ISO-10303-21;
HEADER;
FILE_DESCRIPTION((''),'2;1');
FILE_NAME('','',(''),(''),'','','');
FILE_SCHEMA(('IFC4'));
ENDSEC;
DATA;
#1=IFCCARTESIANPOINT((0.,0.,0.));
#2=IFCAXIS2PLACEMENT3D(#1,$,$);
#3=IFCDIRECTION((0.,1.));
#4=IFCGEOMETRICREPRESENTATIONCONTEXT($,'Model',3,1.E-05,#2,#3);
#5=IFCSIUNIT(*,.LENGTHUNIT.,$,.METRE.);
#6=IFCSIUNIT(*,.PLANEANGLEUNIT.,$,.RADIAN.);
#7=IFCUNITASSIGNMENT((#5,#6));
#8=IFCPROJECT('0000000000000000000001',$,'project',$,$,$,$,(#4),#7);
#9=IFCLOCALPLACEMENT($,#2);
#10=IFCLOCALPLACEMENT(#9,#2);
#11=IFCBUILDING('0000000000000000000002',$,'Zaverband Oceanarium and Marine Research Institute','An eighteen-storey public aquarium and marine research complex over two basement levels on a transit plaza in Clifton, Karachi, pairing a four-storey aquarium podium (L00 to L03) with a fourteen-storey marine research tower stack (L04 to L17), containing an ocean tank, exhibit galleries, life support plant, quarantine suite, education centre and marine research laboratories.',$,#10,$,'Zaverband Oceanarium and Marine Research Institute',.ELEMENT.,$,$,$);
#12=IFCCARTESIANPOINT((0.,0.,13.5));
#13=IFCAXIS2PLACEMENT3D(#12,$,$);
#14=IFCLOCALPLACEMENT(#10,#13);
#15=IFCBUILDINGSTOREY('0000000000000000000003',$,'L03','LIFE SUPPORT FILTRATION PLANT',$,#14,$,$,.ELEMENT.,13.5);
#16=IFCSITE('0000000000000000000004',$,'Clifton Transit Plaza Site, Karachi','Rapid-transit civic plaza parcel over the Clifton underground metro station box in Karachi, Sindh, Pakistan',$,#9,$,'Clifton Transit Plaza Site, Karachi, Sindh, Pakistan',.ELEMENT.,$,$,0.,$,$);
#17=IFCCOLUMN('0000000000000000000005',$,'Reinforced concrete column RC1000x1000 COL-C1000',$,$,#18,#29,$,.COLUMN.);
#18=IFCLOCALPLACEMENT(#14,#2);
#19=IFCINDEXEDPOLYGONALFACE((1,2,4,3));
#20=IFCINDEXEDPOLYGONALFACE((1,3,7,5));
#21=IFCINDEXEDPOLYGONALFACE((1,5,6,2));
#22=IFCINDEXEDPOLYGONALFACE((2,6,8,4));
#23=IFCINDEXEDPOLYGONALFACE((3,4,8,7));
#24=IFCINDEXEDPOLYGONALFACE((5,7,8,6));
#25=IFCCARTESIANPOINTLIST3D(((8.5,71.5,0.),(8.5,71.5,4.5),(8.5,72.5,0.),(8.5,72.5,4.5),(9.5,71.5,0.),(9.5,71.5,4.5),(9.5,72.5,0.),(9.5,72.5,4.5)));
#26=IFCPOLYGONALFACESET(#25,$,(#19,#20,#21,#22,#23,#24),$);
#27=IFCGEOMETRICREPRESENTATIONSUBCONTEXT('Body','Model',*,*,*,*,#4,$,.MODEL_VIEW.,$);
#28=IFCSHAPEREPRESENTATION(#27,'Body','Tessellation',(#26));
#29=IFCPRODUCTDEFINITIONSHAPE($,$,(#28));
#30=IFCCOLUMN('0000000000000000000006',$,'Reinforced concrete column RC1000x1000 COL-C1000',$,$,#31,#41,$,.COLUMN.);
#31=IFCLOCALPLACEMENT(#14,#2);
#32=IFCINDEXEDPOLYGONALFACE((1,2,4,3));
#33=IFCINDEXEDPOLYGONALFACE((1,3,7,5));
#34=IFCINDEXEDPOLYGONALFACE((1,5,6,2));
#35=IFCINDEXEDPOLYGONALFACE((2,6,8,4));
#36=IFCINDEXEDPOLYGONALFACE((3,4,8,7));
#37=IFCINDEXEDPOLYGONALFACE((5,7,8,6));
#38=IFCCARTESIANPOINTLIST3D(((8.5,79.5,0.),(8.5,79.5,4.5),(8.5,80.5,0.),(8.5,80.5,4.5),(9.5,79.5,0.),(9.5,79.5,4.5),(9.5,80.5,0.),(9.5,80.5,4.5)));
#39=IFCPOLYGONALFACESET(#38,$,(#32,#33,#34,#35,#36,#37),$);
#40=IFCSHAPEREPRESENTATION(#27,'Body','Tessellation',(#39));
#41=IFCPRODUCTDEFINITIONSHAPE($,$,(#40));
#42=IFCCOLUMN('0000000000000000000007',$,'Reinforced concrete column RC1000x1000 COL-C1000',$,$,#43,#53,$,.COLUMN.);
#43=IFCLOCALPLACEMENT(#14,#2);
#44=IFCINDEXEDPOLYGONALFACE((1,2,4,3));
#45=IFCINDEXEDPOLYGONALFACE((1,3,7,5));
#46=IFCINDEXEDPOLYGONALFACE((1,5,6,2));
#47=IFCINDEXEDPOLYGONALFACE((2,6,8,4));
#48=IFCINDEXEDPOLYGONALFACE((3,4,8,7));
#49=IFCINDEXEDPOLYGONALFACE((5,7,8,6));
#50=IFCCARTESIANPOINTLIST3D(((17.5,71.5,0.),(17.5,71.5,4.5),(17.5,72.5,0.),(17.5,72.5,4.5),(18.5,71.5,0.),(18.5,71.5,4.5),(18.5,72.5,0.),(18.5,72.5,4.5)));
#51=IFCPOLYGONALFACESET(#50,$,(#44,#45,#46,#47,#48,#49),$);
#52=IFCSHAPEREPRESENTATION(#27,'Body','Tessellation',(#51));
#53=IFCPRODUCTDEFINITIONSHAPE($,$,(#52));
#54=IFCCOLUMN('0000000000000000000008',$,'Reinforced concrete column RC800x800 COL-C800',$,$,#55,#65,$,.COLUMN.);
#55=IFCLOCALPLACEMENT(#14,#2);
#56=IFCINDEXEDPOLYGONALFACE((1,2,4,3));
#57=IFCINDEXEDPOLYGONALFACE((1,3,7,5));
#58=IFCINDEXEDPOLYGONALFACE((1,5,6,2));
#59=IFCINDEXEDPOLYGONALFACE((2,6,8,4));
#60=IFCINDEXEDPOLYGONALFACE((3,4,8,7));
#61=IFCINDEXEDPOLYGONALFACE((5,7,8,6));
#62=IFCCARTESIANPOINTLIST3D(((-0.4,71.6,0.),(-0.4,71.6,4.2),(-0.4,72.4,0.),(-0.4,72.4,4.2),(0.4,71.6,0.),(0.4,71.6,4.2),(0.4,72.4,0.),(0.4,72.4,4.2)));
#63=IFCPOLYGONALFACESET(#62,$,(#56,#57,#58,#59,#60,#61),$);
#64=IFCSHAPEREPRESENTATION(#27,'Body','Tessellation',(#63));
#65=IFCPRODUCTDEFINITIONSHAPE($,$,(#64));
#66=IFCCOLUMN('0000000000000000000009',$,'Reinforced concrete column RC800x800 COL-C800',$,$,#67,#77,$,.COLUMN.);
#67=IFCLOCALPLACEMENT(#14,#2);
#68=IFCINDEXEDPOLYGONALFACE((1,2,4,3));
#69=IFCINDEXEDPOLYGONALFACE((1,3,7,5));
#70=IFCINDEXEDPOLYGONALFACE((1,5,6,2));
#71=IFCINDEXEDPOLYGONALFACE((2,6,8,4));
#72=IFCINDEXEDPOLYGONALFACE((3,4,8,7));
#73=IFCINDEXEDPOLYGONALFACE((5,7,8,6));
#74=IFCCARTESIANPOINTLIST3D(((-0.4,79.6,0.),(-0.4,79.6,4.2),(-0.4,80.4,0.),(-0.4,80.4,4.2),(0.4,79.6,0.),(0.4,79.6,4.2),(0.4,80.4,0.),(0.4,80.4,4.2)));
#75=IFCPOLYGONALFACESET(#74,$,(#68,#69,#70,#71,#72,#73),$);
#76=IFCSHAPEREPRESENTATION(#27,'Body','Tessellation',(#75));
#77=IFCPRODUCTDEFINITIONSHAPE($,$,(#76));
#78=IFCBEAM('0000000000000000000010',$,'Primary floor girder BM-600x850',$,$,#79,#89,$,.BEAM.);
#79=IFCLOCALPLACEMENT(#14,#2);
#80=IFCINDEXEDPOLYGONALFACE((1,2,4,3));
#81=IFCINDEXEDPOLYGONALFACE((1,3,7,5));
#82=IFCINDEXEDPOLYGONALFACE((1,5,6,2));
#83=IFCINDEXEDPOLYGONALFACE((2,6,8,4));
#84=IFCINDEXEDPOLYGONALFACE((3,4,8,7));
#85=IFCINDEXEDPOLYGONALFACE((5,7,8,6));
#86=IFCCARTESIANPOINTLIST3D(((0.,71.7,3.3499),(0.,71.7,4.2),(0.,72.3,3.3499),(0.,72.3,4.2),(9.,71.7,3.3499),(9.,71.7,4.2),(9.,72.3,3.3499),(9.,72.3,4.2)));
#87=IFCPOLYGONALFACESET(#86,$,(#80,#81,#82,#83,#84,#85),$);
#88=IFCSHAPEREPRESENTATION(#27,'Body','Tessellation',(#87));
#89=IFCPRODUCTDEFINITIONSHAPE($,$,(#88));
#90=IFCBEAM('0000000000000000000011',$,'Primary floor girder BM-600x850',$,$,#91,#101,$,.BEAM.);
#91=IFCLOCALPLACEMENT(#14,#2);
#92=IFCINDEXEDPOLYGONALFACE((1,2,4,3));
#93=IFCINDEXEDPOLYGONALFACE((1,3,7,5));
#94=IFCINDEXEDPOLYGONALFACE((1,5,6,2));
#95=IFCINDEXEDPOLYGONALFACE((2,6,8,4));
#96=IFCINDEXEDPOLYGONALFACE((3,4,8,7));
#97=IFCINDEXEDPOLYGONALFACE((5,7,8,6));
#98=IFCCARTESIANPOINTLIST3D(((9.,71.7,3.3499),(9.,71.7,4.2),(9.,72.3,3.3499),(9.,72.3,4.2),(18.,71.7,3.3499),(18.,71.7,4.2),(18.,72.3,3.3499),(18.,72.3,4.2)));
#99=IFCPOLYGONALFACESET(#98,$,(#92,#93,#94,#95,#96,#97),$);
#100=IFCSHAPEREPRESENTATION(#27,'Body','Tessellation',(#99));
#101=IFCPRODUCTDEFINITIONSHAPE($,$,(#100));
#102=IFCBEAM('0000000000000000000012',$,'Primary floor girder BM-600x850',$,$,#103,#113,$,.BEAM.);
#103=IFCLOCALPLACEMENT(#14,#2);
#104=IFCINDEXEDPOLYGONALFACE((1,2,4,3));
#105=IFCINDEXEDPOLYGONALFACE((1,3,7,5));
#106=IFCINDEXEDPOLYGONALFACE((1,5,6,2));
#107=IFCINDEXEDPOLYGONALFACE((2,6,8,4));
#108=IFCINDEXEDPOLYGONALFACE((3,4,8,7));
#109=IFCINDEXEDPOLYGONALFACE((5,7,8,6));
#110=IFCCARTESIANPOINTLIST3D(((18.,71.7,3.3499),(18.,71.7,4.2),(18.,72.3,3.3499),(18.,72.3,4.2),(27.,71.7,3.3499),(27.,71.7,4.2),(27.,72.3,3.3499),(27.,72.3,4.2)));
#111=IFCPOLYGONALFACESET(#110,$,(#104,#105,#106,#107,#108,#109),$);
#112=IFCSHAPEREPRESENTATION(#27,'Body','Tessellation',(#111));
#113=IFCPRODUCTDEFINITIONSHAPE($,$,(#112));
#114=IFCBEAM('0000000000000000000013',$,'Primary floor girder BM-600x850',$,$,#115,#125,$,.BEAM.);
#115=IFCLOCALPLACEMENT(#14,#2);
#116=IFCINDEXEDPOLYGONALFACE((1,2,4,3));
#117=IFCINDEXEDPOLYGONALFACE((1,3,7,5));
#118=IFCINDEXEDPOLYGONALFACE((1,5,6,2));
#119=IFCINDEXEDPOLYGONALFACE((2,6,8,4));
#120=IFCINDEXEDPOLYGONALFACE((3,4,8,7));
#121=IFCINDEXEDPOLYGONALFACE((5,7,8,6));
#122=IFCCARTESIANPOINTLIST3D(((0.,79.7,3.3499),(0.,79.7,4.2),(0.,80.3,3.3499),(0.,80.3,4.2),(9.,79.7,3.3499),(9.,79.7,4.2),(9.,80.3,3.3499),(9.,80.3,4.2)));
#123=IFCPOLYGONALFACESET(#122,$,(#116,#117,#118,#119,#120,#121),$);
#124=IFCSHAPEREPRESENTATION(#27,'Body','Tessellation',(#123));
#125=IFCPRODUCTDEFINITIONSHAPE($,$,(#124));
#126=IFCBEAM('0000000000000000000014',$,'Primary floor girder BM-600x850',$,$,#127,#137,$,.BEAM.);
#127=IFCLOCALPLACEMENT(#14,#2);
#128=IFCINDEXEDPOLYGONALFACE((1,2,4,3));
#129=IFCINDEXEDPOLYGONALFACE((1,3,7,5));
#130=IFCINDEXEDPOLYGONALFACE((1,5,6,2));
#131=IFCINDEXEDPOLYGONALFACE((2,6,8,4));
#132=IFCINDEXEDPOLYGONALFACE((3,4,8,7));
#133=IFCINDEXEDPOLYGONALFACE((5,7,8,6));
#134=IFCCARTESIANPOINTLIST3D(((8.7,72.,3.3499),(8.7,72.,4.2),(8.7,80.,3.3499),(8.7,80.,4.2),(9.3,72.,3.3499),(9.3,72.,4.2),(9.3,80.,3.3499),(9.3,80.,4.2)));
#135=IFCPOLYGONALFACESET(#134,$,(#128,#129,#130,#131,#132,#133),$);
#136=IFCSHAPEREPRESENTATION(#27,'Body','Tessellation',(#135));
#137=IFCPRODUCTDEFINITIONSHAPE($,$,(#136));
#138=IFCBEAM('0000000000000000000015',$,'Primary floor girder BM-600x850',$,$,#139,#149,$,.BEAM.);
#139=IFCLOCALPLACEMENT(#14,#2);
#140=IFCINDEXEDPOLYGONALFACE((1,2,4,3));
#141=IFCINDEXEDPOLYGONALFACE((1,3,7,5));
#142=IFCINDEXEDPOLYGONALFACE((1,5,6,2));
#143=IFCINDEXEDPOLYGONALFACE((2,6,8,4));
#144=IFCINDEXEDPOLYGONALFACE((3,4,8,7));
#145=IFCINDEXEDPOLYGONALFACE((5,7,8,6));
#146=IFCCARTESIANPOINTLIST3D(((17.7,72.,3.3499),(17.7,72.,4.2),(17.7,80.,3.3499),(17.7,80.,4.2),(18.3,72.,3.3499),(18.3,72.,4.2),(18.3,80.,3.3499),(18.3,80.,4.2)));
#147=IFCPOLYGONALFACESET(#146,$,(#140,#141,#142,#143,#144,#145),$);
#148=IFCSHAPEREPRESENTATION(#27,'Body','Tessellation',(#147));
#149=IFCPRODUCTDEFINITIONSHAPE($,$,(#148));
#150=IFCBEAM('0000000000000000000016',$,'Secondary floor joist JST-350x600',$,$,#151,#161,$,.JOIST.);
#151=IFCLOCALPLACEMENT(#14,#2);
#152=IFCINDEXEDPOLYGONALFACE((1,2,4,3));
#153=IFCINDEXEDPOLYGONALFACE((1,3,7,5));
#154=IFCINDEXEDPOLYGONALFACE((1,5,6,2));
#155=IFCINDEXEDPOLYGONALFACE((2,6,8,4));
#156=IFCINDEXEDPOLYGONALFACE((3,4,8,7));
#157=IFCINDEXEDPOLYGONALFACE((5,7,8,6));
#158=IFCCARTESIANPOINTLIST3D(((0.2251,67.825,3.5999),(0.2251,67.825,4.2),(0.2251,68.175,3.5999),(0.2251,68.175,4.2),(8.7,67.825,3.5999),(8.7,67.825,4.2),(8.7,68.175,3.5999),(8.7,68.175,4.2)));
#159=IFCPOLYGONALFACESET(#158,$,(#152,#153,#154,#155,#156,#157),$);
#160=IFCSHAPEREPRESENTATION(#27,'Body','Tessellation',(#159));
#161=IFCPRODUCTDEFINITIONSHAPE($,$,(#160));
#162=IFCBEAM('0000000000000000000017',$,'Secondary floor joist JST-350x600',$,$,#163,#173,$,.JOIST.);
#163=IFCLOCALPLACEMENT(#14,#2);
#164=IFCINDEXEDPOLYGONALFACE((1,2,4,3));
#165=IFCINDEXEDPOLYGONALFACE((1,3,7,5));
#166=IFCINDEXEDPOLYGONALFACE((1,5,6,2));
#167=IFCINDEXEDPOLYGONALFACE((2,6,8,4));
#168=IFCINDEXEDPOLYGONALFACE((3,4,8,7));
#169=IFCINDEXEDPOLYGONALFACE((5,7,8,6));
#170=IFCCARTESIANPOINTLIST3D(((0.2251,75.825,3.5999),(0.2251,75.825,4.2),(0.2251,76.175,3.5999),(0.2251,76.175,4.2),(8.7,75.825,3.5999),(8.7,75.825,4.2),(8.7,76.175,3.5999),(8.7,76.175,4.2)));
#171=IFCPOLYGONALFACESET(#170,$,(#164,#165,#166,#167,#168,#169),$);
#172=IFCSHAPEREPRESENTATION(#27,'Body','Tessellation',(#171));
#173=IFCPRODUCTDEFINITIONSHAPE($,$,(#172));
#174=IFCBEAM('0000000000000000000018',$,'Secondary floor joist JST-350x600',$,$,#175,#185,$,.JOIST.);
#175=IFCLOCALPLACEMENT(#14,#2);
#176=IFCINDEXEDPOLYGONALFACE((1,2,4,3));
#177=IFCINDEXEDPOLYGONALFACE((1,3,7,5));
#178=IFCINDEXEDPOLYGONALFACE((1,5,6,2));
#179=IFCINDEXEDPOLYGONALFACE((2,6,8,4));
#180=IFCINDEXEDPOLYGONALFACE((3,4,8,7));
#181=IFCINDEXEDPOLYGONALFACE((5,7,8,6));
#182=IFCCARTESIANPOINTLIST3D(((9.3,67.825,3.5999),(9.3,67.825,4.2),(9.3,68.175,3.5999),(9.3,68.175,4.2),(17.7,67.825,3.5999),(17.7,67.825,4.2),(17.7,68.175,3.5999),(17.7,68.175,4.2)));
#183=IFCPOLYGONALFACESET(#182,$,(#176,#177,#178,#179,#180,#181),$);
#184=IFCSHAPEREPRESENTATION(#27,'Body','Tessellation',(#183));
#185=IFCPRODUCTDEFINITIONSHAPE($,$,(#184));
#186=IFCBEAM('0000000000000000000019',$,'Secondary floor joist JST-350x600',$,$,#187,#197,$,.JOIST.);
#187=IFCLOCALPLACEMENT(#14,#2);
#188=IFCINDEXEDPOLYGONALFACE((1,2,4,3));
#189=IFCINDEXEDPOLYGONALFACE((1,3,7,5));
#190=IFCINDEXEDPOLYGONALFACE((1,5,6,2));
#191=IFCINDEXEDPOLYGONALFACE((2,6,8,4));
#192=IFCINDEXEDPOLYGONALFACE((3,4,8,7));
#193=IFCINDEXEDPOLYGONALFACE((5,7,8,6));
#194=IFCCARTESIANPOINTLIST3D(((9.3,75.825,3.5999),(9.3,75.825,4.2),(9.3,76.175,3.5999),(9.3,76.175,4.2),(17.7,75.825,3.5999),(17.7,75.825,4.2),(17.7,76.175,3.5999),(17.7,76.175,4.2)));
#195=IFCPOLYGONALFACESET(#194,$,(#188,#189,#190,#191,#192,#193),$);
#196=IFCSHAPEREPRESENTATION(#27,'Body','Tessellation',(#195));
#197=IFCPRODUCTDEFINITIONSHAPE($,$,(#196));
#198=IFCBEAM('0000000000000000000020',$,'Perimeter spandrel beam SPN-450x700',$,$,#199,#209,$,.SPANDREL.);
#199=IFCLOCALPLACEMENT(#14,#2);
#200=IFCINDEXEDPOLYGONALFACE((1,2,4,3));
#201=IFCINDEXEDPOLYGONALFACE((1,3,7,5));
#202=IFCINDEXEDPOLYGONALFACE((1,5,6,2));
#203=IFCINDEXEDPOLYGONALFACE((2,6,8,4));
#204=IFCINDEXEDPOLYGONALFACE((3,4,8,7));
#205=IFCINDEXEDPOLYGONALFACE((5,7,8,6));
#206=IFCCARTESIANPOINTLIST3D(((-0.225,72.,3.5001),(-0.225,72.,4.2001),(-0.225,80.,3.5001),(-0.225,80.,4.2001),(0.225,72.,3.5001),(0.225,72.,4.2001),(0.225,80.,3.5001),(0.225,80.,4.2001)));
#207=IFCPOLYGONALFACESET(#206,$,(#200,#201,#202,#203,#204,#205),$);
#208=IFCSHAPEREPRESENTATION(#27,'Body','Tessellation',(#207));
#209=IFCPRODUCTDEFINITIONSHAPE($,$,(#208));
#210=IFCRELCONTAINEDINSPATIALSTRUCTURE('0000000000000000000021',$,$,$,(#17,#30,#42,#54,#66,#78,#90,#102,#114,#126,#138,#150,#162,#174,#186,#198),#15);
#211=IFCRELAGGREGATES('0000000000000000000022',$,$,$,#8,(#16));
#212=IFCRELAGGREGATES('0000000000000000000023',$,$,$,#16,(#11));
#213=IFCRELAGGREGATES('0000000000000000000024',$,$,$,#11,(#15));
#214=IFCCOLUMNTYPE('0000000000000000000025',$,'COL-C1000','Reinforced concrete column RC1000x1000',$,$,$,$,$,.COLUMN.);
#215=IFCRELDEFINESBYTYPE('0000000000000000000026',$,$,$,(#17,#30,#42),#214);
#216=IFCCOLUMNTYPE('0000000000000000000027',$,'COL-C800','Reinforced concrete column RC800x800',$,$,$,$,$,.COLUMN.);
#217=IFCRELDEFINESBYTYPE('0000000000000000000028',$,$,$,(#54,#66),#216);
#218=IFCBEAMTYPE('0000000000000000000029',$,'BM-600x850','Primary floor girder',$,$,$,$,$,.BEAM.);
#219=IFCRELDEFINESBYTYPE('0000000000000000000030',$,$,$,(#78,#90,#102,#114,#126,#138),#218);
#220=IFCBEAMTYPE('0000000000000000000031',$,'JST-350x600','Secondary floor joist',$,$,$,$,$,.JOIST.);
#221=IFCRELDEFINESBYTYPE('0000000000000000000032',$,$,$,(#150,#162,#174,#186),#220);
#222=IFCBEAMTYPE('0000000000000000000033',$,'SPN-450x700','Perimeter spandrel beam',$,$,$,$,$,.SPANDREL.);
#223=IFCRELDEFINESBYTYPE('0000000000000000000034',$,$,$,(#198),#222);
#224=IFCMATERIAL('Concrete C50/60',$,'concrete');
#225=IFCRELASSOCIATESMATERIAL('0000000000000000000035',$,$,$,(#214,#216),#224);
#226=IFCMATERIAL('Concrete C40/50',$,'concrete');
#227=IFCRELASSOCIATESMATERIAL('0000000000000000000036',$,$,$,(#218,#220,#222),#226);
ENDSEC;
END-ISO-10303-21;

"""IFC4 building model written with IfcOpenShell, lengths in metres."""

from ifc_helpers import new_model, si_unit, direction, frame, origin, origin_2d, place, context, subcontext, project, spatial, rectangle, extrude, material, material_profile, profile_set, type_object, element, save


model = new_model("IFC4")

# Units and contexts
model_context = context("Model", 3, precision=1e-05, world=origin(), true_north=direction((0.0, 1.0)))
body_context = subcontext(model_context, "Body", "Model", "MODEL_VIEW")
ifc_project = project(units=[si_unit("LENGTHUNIT", "METRE"), si_unit("PLANEANGLEUNIT", "RADIAN")], contexts=[model_context])

# Site, building, storey
site_placement = place(None, origin())
site = spatial("IfcSite", under=ifc_project, at=site_placement, Name="Clifton Transit Plaza Site, Karachi", Description="Rapid-transit civic plaza parcel over the Clifton underground metro station box in Karachi, Sindh, Pakistan", LongName="Clifton Transit Plaza Site, Karachi, Sindh, Pakistan", CompositionType="ELEMENT", RefElevation=0.0)
building_placement = place(site_placement, origin())
building = spatial("IfcBuilding", under=site, at=building_placement, Name="Zaverband Oceanarium and Marine Research Institute", Description="An eighteen-storey public aquarium and marine research complex over two basement levels on a transit plaza in Clifton, Karachi, pairing a four-storey aquarium podium (L00 to L03) with a fourteen-storey marine research tower stack (L04 to L17), containing an ocean tank, exhibit galleries, life support plant, quarantine suite, education centre and marine research laboratories.", LongName="Zaverband Oceanarium and Marine Research Institute", CompositionType="ELEMENT")
storey_placement = place(building_placement, frame((0.0, 0.0, 13.5)))
storey = spatial("IfcBuildingStorey", under=building, at=storey_placement, Name="L03", Description="LIFE SUPPORT FILTRATION PLANT", CompositionType="ELEMENT", Elevation=13.5)

# Columns
ifc_material_1 = material(Name="Concrete C50/60", Category="concrete")
ifc_material_profile_1 = material_profile(ifc_material_1, rectangle(XDim=1.0, YDim=1.0, at=origin_2d()), Name="RC1000x1000")
ifc_profile_set_1 = profile_set([ifc_material_profile_1], Name="Concrete C50/60")
column_type_1 = type_object("IfcColumnType", Name="COL-C1000", Description="Reinforced concrete column RC1000x1000", PredefinedType="COLUMN", material=ifc_profile_set_1)
for number, where, z_axis, x_axis, name in (
    (1, (9.0, 72.0, 0.0), (0.0, 0.0, 1.0), (1.0, 0.0, 0.0), "Reinforced concrete column RC1000x1000 COL-C1000"),
    (2, (9.0, 80.0, 0.0), (0.0, 0.0, 1.0), (1.0, 0.0, 0.0), "Reinforced concrete column RC1000x1000 COL-C1000"),
    (3, (18.0, 72.0, 0.0), (0.0, 0.0, 1.0), (1.0, 0.0, 0.0), "Reinforced concrete column RC1000x1000 COL-C1000"),
):
    element("IfcColumn", number, at=place(storey_placement, frame(where, z_axis=z_axis, x_axis=x_axis)), inside=storey, type_object=column_type_1, Name=name, PredefinedType="COLUMN", context=body_context, shape_type="SweptSolid", body=[
        extrude(rectangle(XDim=1.0, YDim=1.0, at=origin_2d()), origin(), (0.0, 0.0, 1.0), 4.5),
    ])
ifc_material_profile_2 = material_profile(ifc_material_1, rectangle(XDim=0.8, YDim=0.8, at=origin_2d()), Name="RC800x800")
ifc_profile_set_2 = profile_set([ifc_material_profile_2], Name="Concrete C50/60")
column_type_2 = type_object("IfcColumnType", Name="COL-C800", Description="Reinforced concrete column RC800x800", PredefinedType="COLUMN", material=ifc_profile_set_2)
for number, where, z_axis, x_axis, name in (
    (4, (0.0, 72.0, 0.0), (0.0, 0.0, 1.0), (1.0, 0.0, 0.0), "Reinforced concrete column RC800x800 COL-C800"),
    (5, (0.0, 80.0, 0.0), (0.0, 0.0, 1.0), (1.0, 0.0, 0.0), "Reinforced concrete column RC800x800 COL-C800"),
):
    element("IfcColumn", number, at=place(storey_placement, frame(where, z_axis=z_axis, x_axis=x_axis)), inside=storey, type_object=column_type_2, Name=name, PredefinedType="COLUMN", context=body_context, shape_type="SweptSolid", body=[
        extrude(rectangle(XDim=0.8, YDim=0.8, at=origin_2d()), origin(), (0.0, 0.0, 1.0), 4.2),
    ])

# Beams
ifc_material_2 = material(Name="Concrete C40/50", Category="concrete")
ifc_material_profile_3 = material_profile(ifc_material_2, rectangle(XDim=0.6001, YDim=0.8501, at=origin_2d()), Name="RC600x850")
ifc_profile_set_3 = profile_set([ifc_material_profile_3], Name="Concrete C40/50")
beam_type_1 = type_object("IfcBeamType", Name="BM-600x850", Description="Primary floor girder", PredefinedType="BEAM", material=ifc_profile_set_3)
for number, where, z_axis, x_axis, name in (
    (6, (0.0, 72.0, 3.7749), (1.0, 0.0, 0.0), (0.0, 1.0, 0.0), "Primary floor girder BM-600x850"),
    (7, (9.0, 72.0, 3.7749), (1.0, 0.0, 0.0), (0.0, 1.0, 0.0), "Primary floor girder BM-600x850"),
    (8, (18.0, 72.0, 3.7749), (1.0, 0.0, 0.0), (0.0, 1.0, 0.0), "Primary floor girder BM-600x850"),
    (9, (0.0, 80.0, 3.7749), (1.0, 0.0, 0.0), (0.0, 1.0, 0.0), "Primary floor girder BM-600x850"),
):
    element("IfcBeam", number, at=place(storey_placement, frame(where, z_axis=z_axis, x_axis=x_axis)), inside=storey, type_object=beam_type_1, Name=name, PredefinedType="BEAM", context=body_context, shape_type="SweptSolid", body=[
        extrude(rectangle(XDim=0.6001, YDim=0.8501, at=origin_2d()), origin(), (0.0, 0.0, 1.0), 9.0),
    ])
for number, where, z_axis, x_axis, name in (
    (10, (9.0, 72.0, 3.7749), (0.0, 1.0, 0.0), (-1.0, 0.0, 0.0), "Primary floor girder BM-600x850"),
    (11, (18.0, 72.0, 3.7749), (0.0, 1.0, 0.0), (-1.0, 0.0, 0.0), "Primary floor girder BM-600x850"),
):
    element("IfcBeam", number, at=place(storey_placement, frame(where, z_axis=z_axis, x_axis=x_axis)), inside=storey, type_object=beam_type_1, Name=name, PredefinedType="BEAM", context=body_context, shape_type="SweptSolid", body=[
        extrude(rectangle(XDim=0.6001, YDim=0.8501, at=origin_2d()), origin(), (0.0, 0.0, 1.0), 8.0),
    ])
ifc_material_profile_4 = material_profile(ifc_material_2, rectangle(XDim=0.3501, YDim=0.6001, at=origin_2d()), Name="RC350x600")
ifc_profile_set_4 = profile_set([ifc_material_profile_4], Name="Concrete C40/50")
beam_type_2 = type_object("IfcBeamType", Name="JST-350x600", Description="Secondary floor joist", PredefinedType="JOIST", material=ifc_profile_set_4)
for number, where, z_axis, x_axis, name in (
    (12, (0.2251, 68.0, 3.8999), (1.0, 0.0, 0.0), (0.0, 1.0, 0.0), "Secondary floor joist JST-350x600"),
    (13, (0.2251, 76.0, 3.8999), (1.0, 0.0, 0.0), (0.0, 1.0, 0.0), "Secondary floor joist JST-350x600"),
):
    element("IfcBeam", number, at=place(storey_placement, frame(where, z_axis=z_axis, x_axis=x_axis)), inside=storey, type_object=beam_type_2, Name=name, PredefinedType="JOIST", context=body_context, shape_type="SweptSolid", body=[
        extrude(rectangle(XDim=0.3501, YDim=0.6001, at=origin_2d()), origin(), (0.0, 0.0, 1.0), 8.4749),
    ])
for number, where, z_axis, x_axis, name in (
    (14, (9.3, 68.0, 3.8999), (1.0, 0.0, 0.0), (0.0, 1.0, 0.0), "Secondary floor joist JST-350x600"),
    (15, (9.3, 76.0, 3.8999), (1.0, 0.0, 0.0), (0.0, 1.0, 0.0), "Secondary floor joist JST-350x600"),
):
    element("IfcBeam", number, at=place(storey_placement, frame(where, z_axis=z_axis, x_axis=x_axis)), inside=storey, type_object=beam_type_2, Name=name, PredefinedType="JOIST", context=body_context, shape_type="SweptSolid", body=[
        extrude(rectangle(XDim=0.3501, YDim=0.6001, at=origin_2d()), origin(), (0.0, 0.0, 1.0), 8.3999),
    ])
ifc_material_profile_5 = material_profile(ifc_material_2, rectangle(XDim=0.45, YDim=0.7, at=origin_2d()), Name="RC450x700")
ifc_profile_set_5 = profile_set([ifc_material_profile_5], Name="Concrete C40/50")
beam_type_3 = type_object("IfcBeamType", Name="SPN-450x700", Description="Perimeter spandrel beam", PredefinedType="SPANDREL", material=ifc_profile_set_5)
for number, where, z_axis, x_axis, name in (
    (16, (0.0, 72.0, 3.8501), (0.0, 1.0, 0.0), (-1.0, 0.0, 0.0), "Perimeter spandrel beam SPN-450x700"),
):
    element("IfcBeam", number, at=place(storey_placement, frame(where, z_axis=z_axis, x_axis=x_axis)), inside=storey, type_object=beam_type_3, Name=name, PredefinedType="SPANDREL", context=body_context, shape_type="SweptSolid", body=[
        extrude(rectangle(XDim=0.45, YDim=0.7, at=origin_2d()), origin(), (0.0, 0.0, 1.0), 8.0),
    ])

save(model, "model.ifc")
